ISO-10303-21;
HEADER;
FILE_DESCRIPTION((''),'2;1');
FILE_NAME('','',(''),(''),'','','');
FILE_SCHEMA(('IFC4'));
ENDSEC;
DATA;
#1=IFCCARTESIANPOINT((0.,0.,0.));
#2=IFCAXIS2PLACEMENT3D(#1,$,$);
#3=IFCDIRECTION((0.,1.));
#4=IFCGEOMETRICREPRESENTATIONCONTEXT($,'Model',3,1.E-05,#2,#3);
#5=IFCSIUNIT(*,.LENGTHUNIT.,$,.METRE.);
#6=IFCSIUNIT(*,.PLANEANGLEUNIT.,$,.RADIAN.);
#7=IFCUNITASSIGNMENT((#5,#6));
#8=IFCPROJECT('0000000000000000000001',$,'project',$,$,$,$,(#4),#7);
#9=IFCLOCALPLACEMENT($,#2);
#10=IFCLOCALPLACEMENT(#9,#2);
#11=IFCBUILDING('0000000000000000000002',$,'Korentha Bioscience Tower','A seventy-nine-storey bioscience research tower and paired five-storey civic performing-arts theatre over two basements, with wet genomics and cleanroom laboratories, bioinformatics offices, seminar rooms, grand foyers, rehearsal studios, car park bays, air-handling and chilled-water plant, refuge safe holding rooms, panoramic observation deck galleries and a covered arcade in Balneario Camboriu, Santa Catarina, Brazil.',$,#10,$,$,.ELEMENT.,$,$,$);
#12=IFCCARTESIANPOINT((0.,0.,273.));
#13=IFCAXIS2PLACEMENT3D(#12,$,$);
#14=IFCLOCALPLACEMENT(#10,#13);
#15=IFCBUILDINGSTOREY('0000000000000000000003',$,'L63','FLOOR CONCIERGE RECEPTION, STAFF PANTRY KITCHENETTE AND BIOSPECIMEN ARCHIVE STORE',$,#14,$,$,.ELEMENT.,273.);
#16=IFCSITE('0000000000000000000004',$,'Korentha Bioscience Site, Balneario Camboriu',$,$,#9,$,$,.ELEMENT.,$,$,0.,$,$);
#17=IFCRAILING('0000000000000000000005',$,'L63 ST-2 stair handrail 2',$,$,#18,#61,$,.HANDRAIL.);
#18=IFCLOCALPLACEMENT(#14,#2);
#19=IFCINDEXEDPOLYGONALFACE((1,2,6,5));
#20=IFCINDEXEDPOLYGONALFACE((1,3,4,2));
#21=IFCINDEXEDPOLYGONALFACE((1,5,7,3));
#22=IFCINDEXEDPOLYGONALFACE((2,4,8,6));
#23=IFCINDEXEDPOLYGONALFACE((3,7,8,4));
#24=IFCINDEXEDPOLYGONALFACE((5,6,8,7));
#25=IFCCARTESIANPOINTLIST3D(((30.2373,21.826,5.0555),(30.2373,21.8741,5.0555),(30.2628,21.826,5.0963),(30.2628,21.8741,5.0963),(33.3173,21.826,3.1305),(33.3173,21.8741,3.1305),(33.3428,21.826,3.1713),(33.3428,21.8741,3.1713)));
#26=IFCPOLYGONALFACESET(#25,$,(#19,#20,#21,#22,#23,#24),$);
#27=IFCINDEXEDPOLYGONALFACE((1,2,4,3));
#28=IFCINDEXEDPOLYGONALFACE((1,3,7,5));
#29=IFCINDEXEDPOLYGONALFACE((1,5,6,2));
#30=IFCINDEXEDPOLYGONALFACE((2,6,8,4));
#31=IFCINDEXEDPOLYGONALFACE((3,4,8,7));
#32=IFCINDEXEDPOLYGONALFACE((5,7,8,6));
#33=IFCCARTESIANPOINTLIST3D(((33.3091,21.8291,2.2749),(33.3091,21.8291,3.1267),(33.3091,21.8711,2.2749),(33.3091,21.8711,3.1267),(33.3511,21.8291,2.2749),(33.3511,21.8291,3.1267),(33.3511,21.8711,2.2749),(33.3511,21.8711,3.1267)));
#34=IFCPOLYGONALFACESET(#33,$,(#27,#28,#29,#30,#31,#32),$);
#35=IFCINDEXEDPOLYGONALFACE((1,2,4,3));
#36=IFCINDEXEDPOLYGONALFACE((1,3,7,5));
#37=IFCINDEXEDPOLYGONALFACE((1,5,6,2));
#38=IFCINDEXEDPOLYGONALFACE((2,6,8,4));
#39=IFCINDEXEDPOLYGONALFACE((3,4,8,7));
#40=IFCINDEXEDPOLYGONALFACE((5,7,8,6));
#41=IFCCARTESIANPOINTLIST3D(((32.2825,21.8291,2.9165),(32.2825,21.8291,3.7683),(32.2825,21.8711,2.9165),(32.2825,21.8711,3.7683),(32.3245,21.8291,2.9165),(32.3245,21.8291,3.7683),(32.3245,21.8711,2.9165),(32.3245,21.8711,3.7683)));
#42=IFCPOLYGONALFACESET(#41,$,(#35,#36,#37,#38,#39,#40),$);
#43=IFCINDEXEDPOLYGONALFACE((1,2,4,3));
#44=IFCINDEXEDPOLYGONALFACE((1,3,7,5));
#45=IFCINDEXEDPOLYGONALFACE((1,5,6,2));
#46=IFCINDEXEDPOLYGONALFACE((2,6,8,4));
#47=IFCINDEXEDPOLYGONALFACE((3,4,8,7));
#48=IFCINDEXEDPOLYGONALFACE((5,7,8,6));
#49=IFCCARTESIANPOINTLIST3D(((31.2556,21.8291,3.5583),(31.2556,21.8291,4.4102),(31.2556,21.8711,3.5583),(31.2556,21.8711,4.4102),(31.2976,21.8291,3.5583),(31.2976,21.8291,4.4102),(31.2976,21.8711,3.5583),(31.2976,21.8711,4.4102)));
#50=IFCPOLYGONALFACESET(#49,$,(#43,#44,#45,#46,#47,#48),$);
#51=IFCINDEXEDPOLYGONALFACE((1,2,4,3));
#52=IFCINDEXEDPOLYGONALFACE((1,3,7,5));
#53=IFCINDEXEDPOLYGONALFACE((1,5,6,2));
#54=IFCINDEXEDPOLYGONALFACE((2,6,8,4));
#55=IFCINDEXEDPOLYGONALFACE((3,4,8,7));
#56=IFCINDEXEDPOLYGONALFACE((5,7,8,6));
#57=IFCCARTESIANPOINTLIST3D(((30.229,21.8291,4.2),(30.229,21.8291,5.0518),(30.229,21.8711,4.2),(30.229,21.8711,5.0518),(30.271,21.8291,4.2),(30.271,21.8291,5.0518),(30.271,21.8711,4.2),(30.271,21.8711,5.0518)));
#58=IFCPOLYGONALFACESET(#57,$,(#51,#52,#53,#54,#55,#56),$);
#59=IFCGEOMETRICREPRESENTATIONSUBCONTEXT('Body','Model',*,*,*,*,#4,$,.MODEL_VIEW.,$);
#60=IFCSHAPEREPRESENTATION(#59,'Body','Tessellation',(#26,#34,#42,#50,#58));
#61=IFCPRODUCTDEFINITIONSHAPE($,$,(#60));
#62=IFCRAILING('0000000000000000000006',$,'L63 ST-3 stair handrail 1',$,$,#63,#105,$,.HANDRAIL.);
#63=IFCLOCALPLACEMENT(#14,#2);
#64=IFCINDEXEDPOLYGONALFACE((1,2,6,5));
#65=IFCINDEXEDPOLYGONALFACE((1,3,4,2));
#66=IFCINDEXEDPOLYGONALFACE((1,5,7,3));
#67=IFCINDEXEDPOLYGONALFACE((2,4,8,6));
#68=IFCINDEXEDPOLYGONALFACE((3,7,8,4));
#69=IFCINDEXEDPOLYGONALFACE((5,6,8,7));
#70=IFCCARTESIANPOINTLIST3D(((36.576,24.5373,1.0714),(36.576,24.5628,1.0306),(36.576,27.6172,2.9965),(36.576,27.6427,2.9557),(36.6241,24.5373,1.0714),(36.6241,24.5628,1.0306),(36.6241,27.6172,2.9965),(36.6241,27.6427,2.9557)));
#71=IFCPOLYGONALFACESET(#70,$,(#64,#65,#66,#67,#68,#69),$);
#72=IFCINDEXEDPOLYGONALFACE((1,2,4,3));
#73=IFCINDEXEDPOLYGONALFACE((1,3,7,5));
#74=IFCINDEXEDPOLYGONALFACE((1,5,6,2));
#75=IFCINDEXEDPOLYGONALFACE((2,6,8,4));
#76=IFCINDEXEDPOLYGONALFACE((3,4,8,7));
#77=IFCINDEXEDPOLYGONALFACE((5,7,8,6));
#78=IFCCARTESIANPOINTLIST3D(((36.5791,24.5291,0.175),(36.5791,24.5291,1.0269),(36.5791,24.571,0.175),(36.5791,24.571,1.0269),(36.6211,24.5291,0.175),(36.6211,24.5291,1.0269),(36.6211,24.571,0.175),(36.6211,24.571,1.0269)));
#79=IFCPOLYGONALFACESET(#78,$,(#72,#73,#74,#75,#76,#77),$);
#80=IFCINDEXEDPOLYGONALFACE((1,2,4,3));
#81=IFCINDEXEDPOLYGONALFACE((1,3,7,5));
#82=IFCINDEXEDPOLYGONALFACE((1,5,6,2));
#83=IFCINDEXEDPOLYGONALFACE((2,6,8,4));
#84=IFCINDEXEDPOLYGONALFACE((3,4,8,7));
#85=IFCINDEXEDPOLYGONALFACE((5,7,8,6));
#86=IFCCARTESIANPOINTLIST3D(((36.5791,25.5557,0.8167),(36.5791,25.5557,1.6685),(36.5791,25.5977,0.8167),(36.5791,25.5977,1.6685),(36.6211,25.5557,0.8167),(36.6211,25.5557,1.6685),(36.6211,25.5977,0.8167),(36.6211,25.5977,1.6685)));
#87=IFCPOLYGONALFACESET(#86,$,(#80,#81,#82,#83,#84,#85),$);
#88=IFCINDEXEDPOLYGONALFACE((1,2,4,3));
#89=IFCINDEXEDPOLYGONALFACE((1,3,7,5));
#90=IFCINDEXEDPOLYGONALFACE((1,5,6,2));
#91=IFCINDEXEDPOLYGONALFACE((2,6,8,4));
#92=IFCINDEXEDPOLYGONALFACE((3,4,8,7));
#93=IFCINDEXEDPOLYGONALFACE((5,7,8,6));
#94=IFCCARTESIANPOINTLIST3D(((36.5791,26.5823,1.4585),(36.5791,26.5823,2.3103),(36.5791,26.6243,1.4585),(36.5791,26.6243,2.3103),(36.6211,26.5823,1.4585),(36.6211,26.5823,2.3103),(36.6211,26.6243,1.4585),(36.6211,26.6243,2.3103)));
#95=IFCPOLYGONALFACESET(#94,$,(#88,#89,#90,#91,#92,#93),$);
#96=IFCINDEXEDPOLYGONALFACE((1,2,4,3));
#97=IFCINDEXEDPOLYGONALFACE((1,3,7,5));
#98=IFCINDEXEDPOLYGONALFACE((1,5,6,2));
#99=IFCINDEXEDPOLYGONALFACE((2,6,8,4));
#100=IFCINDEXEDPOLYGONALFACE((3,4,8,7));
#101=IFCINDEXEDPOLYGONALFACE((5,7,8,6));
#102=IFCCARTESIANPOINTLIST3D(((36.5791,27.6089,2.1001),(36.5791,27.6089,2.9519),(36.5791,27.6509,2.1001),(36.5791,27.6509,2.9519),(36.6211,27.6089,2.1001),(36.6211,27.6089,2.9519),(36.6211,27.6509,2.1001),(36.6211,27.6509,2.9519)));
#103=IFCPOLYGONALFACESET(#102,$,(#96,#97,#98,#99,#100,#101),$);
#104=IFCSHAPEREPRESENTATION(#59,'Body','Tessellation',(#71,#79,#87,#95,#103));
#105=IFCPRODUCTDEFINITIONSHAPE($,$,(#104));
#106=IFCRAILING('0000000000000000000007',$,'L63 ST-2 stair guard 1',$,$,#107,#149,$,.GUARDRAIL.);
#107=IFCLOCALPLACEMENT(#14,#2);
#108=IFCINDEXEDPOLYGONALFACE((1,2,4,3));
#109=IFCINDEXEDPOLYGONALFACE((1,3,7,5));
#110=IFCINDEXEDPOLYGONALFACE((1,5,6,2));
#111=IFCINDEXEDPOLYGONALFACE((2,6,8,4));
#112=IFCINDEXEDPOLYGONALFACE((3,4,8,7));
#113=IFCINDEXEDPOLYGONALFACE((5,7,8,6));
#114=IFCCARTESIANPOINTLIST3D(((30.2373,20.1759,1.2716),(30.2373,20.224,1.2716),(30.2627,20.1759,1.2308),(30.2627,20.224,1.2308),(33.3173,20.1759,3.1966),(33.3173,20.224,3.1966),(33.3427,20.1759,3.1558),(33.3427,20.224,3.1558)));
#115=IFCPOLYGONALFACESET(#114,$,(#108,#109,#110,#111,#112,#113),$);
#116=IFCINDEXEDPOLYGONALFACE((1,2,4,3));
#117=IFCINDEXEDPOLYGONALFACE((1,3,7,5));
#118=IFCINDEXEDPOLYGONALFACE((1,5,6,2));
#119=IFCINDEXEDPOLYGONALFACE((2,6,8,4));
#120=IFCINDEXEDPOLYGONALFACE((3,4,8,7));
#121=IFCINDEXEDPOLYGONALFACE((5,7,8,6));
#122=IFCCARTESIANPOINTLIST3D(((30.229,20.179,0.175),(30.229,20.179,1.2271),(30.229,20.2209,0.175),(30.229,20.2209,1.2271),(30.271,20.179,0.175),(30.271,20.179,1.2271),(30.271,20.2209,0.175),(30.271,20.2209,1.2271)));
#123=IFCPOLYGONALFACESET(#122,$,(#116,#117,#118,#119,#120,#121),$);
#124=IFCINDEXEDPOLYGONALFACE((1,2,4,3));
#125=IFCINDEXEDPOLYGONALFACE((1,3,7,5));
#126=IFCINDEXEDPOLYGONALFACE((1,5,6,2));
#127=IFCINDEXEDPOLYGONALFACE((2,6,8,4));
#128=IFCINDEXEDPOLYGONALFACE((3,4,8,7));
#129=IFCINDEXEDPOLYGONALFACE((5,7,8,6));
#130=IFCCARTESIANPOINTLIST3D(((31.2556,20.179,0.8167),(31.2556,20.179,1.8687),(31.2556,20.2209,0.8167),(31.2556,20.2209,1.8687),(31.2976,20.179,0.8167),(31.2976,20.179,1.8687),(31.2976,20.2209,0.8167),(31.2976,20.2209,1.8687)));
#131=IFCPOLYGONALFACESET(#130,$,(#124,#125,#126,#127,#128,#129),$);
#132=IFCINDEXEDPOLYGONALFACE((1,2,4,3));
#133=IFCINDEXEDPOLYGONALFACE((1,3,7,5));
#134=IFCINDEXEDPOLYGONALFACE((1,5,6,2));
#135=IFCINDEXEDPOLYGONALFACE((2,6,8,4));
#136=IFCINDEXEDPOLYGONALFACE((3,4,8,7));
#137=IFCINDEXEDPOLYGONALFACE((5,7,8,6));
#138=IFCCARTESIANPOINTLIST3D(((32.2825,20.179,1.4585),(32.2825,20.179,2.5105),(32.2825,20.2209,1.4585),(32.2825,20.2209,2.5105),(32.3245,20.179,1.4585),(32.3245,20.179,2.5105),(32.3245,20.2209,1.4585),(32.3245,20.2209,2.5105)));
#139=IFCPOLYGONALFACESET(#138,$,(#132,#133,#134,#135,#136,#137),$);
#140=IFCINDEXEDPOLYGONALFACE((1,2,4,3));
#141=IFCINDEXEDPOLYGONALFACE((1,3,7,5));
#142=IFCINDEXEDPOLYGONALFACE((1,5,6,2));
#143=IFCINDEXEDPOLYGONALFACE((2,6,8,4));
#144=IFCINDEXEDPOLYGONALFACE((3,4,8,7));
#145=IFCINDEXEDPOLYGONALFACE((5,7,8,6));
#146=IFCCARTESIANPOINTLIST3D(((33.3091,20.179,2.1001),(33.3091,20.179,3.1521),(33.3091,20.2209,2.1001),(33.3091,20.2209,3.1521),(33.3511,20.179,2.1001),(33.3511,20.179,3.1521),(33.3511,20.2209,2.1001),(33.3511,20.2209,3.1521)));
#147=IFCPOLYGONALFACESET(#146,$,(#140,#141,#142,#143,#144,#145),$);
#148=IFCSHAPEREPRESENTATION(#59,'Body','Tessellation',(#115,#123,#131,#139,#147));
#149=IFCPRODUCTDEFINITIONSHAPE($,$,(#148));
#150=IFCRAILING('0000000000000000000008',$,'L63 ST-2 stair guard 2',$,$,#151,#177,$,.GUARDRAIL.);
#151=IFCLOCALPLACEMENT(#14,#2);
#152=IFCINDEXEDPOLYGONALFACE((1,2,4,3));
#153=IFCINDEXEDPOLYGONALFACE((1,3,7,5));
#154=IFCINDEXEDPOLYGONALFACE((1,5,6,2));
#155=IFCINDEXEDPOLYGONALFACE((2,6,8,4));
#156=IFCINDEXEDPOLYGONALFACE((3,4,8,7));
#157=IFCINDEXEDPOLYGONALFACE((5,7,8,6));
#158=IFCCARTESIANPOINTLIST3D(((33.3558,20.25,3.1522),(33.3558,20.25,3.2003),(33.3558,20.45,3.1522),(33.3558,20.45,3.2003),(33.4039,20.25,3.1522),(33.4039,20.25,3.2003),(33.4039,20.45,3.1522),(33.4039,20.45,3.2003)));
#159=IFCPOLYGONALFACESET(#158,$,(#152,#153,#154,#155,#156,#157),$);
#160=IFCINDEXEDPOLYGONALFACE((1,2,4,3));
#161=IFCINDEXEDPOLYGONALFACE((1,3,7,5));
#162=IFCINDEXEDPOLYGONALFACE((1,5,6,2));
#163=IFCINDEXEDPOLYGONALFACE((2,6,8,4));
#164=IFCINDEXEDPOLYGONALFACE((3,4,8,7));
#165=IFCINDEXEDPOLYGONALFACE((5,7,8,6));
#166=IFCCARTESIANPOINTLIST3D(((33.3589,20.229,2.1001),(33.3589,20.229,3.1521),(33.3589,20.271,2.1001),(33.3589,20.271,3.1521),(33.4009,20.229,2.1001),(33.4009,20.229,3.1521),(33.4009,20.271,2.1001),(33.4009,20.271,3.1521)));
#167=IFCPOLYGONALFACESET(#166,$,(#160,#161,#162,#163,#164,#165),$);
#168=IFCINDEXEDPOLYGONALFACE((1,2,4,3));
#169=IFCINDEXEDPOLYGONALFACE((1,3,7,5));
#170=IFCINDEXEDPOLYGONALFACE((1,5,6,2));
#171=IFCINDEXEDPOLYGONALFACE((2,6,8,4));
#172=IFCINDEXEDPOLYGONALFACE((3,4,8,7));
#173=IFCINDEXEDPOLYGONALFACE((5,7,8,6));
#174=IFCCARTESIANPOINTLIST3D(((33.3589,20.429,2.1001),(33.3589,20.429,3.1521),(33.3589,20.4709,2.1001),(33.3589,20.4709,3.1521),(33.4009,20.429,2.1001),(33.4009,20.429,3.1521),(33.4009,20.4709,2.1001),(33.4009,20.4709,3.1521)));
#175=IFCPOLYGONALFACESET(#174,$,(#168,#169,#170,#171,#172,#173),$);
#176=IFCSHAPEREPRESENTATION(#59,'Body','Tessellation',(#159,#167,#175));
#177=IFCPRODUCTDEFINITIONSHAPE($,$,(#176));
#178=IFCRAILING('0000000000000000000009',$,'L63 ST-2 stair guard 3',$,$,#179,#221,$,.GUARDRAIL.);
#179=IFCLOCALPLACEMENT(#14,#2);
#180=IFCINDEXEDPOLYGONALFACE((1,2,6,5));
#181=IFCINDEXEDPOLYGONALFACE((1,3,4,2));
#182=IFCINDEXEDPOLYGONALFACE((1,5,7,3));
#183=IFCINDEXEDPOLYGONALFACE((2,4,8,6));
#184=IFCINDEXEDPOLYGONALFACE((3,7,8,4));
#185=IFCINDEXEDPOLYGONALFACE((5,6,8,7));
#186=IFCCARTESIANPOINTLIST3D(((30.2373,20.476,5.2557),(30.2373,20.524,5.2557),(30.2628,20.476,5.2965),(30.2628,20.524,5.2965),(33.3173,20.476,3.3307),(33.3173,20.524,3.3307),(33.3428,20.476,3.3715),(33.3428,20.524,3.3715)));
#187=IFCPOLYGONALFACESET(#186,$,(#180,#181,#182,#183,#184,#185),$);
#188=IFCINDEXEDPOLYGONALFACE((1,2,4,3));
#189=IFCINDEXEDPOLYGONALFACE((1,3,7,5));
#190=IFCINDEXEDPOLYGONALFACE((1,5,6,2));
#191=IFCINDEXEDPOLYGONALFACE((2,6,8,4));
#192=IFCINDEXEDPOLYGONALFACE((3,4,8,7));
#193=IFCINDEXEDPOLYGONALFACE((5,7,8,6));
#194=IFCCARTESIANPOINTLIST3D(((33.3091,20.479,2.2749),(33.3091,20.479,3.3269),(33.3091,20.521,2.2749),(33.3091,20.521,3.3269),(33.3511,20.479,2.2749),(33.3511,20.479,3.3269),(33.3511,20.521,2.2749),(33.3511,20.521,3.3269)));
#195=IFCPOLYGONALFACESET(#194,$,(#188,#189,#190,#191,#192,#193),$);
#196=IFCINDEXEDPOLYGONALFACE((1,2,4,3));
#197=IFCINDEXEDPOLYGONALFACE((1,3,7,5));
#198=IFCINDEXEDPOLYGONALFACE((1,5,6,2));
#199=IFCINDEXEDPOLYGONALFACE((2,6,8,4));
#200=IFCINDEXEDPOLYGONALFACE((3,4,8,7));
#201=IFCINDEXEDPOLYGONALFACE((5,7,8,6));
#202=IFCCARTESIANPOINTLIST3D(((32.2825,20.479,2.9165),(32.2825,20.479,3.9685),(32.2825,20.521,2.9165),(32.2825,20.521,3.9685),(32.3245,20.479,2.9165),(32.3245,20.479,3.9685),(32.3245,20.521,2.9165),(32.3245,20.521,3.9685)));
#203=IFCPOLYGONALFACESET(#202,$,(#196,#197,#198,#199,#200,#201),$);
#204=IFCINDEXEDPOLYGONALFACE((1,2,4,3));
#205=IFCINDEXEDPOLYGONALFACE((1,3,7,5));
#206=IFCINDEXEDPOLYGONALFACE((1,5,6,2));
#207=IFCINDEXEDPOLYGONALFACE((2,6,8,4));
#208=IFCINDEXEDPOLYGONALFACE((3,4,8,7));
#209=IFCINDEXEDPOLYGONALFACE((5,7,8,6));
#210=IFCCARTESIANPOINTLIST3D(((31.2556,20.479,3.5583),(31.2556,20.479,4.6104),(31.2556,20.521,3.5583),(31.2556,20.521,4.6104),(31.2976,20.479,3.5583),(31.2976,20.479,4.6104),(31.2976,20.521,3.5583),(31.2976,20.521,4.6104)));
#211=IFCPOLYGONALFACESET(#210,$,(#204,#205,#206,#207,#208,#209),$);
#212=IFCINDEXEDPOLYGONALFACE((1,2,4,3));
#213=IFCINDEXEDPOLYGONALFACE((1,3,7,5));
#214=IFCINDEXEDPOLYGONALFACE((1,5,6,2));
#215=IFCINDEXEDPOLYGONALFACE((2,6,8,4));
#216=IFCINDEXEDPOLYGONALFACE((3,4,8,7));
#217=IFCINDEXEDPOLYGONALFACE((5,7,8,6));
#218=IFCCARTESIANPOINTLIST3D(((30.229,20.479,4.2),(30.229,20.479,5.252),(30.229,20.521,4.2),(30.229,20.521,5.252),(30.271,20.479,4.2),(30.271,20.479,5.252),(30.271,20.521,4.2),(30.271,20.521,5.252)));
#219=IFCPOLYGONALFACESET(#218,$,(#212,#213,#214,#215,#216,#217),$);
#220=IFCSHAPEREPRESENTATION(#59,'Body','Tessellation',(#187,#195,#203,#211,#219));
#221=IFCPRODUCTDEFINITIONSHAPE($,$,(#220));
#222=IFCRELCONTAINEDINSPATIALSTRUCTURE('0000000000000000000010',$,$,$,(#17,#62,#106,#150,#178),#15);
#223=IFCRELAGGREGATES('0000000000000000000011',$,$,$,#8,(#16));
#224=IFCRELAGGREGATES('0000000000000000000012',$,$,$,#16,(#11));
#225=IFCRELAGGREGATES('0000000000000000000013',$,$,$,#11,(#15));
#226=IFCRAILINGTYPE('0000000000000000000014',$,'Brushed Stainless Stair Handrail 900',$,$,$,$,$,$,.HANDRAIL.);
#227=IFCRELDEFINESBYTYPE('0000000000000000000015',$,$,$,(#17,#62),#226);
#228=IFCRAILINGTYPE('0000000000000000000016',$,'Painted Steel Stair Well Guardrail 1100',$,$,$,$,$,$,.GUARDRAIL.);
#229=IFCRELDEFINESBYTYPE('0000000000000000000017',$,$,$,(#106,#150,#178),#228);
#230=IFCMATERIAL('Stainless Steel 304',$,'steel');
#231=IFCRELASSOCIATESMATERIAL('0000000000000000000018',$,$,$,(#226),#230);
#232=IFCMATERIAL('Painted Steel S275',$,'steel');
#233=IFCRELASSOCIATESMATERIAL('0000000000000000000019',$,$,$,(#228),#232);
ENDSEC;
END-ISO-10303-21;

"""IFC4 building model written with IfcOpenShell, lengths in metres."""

from ifc_helpers import new_model, si_unit, direction, frame, origin, origin_2d, place, context, subcontext, project, spatial, rectangle, extrude, material, type_object, element, save


model = new_model("IFC4")

# Units and contexts
model_context = context("Model", 3, precision=1e-05, world=origin(), true_north=direction((0.0, 1.0)))
body_context = subcontext(model_context, "Body", "Model", "MODEL_VIEW")
ifc_project = project(units=[si_unit("LENGTHUNIT", "METRE"), si_unit("PLANEANGLEUNIT", "RADIAN")], contexts=[model_context])

# Site, building, storey
site_placement = place(None, origin())
site = spatial("IfcSite", under=ifc_project, at=site_placement, Name="Korentha Bioscience Site, Balneario Camboriu", CompositionType="ELEMENT", RefElevation=0.0)
building_placement = place(site_placement, origin())
building = spatial("IfcBuilding", under=site, at=building_placement, Name="Korentha Bioscience Tower", Description="A seventy-nine-storey bioscience research tower and paired five-storey civic performing-arts theatre over two basements, with wet genomics and cleanroom laboratories, bioinformatics offices, seminar rooms, grand foyers, rehearsal studios, car park bays, air-handling and chilled-water plant, refuge safe holding rooms, panoramic observation deck galleries and a covered arcade in Balneario Camboriu, Santa Catarina, Brazil.", CompositionType="ELEMENT")
storey_placement = place(building_placement, frame((0.0, 0.0, 273.0)))
storey = spatial("IfcBuildingStorey", under=building, at=storey_placement, Name="L63", Description="FLOOR CONCIERGE RECEPTION, STAFF PANTRY KITCHENETTE AND BIOSPECIMEN ARCHIVE STORE", CompositionType="ELEMENT", Elevation=273.0)

# Railings
ifc_material_1 = material(Name="Stainless Steel 304", Category="steel")
railing_type_1 = type_object("IfcRailingType", Name="Brushed Stainless Stair Handrail 900", PredefinedType="HANDRAIL", material=ifc_material_1)
railing_1_placement = place(storey_placement, frame((33.3301, 21.8501, 2.2749)))
element("IfcRailing", 1, at=railing_1_placement, inside=storey, type_object=railing_type_1, Name="L63 ST-2 stair handrail 2", PredefinedType="HANDRAIL", context=body_context, shape_type="SweptSolid", body=[
    extrude(rectangle(XDim=0.0481, YDim=0.0481, at=origin_2d()), frame((0.0, 0.0, 0.876), z_axis=(-0.847998, 0.0, 0.529999), x_axis=(0.0, -1.0, 0.0)), (0.0, 0.0, 1.0), 3.6321),
    extrude(rectangle(XDim=0.042, YDim=0.042, at=origin_2d()), origin(), (0.0, 0.0, 1.0), 0.8518),
    extrude(rectangle(XDim=0.042, YDim=0.042, at=origin_2d()), frame((-1.0266, 0.0, 0.6416)), (0.0, 0.0, 1.0), 0.8518),
    extrude(rectangle(XDim=0.042, YDim=0.042, at=origin_2d()), frame((-2.0535, 0.0, 1.2834)), (0.0, 0.0, 1.0), 0.8518),
    extrude(rectangle(XDim=0.042, YDim=0.042, at=origin_2d()), frame((-3.0801, 0.0, 1.925)), (0.0, 0.0, 1.0), 0.8518),
])
railing_2_placement = place(storey_placement, frame((36.6001, 24.55, 0.175)))
element("IfcRailing", 2, at=railing_2_placement, inside=storey, type_object=railing_type_1, Name="L63 ST-3 stair handrail 1", PredefinedType="HANDRAIL", context=body_context, shape_type="SweptSolid", body=[
    extrude(rectangle(XDim=0.0481, YDim=0.0481, at=origin_2d()), frame((0.0, 0.0, 0.876), z_axis=(0.0, 0.847979, 0.530029), x_axis=(-1.0, 0.0, 0.0)), (0.0, 0.0, 1.0), 3.6321),
    extrude(rectangle(XDim=0.042, YDim=0.042, at=origin_2d()), origin(), (0.0, 0.0, 1.0), 0.8518),
    extrude(rectangle(XDim=0.042, YDim=0.042, at=origin_2d()), frame((0.0, 1.0266, 0.6416)), (0.0, 0.0, 1.0), 0.8518),
    extrude(rectangle(XDim=0.042, YDim=0.042, at=origin_2d()), frame((0.0, 2.0532, 1.2834)), (0.0, 0.0, 1.0), 0.8518),
    extrude(rectangle(XDim=0.042, YDim=0.042, at=origin_2d()), frame((0.0, 3.0798, 1.925)), (0.0, 0.0, 1.0), 0.8518),
])
ifc_material_2 = material(Name="Painted Steel S275", Category="steel")
railing_type_2 = type_object("IfcRailingType", Name="Painted Steel Stair Well Guardrail 1100", PredefinedType="GUARDRAIL", material=ifc_material_2)
railing_3_placement = place(storey_placement, frame((30.25, 20.2, 0.175)))
element("IfcRailing", 3, at=railing_3_placement, inside=storey, type_object=railing_type_2, Name="L63 ST-2 stair guard 1", PredefinedType="GUARDRAIL", context=body_context, shape_type="SweptSolid", body=[
    extrude(rectangle(XDim=0.0481, YDim=0.0481, at=origin_2d()), frame((0.0, 0.0, 1.0762), z_axis=(0.847998, 0.0, 0.529999), x_axis=(0.0, 1.0, 0.0)), (0.0, 0.0, 1.0), 3.6321),
    extrude(rectangle(XDim=0.042, YDim=0.042, at=origin_2d()), origin(), (0.0, 0.0, 1.0), 1.052),
    extrude(rectangle(XDim=0.042, YDim=0.042, at=origin_2d()), frame((1.0266, 0.0, 0.6416)), (0.0, 0.0, 1.0), 1.052),
    extrude(rectangle(XDim=0.042, YDim=0.042, at=origin_2d()), frame((2.0535, 0.0, 1.2834)), (0.0, 0.0, 1.0), 1.052),
    extrude(rectangle(XDim=0.042, YDim=0.042, at=origin_2d()), frame((3.0801, 0.0, 1.925)), (0.0, 0.0, 1.0), 1.052),
])
railing_4_placement = place(storey_placement, frame((33.3799, 20.25, 2.1001)))
element("IfcRailing", 4, at=railing_4_placement, inside=storey, type_object=railing_type_2, Name="L63 ST-2 stair guard 2", PredefinedType="GUARDRAIL", context=body_context, shape_type="SweptSolid", body=[
    extrude(rectangle(XDim=0.0481, YDim=0.0481, at=origin_2d()), frame((0.0, 0.0, 1.0762), z_axis=(0.0, 1.0, 0.0), x_axis=(-1.0, 0.0, 0.0)), (0.0, 0.0, 1.0), 0.2),
    extrude(rectangle(XDim=0.042, YDim=0.042, at=origin_2d()), origin(), (0.0, 0.0, 1.0), 1.052),
    extrude(rectangle(XDim=0.042, YDim=0.042, at=origin_2d()), frame((0.0, 0.2, 0.0)), (0.0, 0.0, 1.0), 1.052),
])
railing_5_placement = place(storey_placement, frame((33.3301, 20.5, 2.2749)))
element("IfcRailing", 5, at=railing_5_placement, inside=storey, type_object=railing_type_2, Name="L63 ST-2 stair guard 3", PredefinedType="GUARDRAIL", context=body_context, shape_type="SweptSolid", body=[
    extrude(rectangle(XDim=0.0481, YDim=0.0481, at=origin_2d()), frame((0.0, 0.0, 1.0762), z_axis=(-0.847998, 0.0, 0.529999), x_axis=(0.0, -1.0, 0.0)), (0.0, 0.0, 1.0), 3.6321),
    extrude(rectangle(XDim=0.042, YDim=0.042, at=origin_2d()), origin(), (0.0, 0.0, 1.0), 1.052),
    extrude(rectangle(XDim=0.042, YDim=0.042, at=origin_2d()), frame((-1.0266, 0.0, 0.6416)), (0.0, 0.0, 1.0), 1.052),
    extrude(rectangle(XDim=0.042, YDim=0.042, at=origin_2d()), frame((-2.0535, 0.0, 1.2834)), (0.0, 0.0, 1.0), 1.052),
    extrude(rectangle(XDim=0.042, YDim=0.042, at=origin_2d()), frame((-3.0801, 0.0, 1.925)), (0.0, 0.0, 1.0), 1.052),
])

save(model, "model.ifc")
